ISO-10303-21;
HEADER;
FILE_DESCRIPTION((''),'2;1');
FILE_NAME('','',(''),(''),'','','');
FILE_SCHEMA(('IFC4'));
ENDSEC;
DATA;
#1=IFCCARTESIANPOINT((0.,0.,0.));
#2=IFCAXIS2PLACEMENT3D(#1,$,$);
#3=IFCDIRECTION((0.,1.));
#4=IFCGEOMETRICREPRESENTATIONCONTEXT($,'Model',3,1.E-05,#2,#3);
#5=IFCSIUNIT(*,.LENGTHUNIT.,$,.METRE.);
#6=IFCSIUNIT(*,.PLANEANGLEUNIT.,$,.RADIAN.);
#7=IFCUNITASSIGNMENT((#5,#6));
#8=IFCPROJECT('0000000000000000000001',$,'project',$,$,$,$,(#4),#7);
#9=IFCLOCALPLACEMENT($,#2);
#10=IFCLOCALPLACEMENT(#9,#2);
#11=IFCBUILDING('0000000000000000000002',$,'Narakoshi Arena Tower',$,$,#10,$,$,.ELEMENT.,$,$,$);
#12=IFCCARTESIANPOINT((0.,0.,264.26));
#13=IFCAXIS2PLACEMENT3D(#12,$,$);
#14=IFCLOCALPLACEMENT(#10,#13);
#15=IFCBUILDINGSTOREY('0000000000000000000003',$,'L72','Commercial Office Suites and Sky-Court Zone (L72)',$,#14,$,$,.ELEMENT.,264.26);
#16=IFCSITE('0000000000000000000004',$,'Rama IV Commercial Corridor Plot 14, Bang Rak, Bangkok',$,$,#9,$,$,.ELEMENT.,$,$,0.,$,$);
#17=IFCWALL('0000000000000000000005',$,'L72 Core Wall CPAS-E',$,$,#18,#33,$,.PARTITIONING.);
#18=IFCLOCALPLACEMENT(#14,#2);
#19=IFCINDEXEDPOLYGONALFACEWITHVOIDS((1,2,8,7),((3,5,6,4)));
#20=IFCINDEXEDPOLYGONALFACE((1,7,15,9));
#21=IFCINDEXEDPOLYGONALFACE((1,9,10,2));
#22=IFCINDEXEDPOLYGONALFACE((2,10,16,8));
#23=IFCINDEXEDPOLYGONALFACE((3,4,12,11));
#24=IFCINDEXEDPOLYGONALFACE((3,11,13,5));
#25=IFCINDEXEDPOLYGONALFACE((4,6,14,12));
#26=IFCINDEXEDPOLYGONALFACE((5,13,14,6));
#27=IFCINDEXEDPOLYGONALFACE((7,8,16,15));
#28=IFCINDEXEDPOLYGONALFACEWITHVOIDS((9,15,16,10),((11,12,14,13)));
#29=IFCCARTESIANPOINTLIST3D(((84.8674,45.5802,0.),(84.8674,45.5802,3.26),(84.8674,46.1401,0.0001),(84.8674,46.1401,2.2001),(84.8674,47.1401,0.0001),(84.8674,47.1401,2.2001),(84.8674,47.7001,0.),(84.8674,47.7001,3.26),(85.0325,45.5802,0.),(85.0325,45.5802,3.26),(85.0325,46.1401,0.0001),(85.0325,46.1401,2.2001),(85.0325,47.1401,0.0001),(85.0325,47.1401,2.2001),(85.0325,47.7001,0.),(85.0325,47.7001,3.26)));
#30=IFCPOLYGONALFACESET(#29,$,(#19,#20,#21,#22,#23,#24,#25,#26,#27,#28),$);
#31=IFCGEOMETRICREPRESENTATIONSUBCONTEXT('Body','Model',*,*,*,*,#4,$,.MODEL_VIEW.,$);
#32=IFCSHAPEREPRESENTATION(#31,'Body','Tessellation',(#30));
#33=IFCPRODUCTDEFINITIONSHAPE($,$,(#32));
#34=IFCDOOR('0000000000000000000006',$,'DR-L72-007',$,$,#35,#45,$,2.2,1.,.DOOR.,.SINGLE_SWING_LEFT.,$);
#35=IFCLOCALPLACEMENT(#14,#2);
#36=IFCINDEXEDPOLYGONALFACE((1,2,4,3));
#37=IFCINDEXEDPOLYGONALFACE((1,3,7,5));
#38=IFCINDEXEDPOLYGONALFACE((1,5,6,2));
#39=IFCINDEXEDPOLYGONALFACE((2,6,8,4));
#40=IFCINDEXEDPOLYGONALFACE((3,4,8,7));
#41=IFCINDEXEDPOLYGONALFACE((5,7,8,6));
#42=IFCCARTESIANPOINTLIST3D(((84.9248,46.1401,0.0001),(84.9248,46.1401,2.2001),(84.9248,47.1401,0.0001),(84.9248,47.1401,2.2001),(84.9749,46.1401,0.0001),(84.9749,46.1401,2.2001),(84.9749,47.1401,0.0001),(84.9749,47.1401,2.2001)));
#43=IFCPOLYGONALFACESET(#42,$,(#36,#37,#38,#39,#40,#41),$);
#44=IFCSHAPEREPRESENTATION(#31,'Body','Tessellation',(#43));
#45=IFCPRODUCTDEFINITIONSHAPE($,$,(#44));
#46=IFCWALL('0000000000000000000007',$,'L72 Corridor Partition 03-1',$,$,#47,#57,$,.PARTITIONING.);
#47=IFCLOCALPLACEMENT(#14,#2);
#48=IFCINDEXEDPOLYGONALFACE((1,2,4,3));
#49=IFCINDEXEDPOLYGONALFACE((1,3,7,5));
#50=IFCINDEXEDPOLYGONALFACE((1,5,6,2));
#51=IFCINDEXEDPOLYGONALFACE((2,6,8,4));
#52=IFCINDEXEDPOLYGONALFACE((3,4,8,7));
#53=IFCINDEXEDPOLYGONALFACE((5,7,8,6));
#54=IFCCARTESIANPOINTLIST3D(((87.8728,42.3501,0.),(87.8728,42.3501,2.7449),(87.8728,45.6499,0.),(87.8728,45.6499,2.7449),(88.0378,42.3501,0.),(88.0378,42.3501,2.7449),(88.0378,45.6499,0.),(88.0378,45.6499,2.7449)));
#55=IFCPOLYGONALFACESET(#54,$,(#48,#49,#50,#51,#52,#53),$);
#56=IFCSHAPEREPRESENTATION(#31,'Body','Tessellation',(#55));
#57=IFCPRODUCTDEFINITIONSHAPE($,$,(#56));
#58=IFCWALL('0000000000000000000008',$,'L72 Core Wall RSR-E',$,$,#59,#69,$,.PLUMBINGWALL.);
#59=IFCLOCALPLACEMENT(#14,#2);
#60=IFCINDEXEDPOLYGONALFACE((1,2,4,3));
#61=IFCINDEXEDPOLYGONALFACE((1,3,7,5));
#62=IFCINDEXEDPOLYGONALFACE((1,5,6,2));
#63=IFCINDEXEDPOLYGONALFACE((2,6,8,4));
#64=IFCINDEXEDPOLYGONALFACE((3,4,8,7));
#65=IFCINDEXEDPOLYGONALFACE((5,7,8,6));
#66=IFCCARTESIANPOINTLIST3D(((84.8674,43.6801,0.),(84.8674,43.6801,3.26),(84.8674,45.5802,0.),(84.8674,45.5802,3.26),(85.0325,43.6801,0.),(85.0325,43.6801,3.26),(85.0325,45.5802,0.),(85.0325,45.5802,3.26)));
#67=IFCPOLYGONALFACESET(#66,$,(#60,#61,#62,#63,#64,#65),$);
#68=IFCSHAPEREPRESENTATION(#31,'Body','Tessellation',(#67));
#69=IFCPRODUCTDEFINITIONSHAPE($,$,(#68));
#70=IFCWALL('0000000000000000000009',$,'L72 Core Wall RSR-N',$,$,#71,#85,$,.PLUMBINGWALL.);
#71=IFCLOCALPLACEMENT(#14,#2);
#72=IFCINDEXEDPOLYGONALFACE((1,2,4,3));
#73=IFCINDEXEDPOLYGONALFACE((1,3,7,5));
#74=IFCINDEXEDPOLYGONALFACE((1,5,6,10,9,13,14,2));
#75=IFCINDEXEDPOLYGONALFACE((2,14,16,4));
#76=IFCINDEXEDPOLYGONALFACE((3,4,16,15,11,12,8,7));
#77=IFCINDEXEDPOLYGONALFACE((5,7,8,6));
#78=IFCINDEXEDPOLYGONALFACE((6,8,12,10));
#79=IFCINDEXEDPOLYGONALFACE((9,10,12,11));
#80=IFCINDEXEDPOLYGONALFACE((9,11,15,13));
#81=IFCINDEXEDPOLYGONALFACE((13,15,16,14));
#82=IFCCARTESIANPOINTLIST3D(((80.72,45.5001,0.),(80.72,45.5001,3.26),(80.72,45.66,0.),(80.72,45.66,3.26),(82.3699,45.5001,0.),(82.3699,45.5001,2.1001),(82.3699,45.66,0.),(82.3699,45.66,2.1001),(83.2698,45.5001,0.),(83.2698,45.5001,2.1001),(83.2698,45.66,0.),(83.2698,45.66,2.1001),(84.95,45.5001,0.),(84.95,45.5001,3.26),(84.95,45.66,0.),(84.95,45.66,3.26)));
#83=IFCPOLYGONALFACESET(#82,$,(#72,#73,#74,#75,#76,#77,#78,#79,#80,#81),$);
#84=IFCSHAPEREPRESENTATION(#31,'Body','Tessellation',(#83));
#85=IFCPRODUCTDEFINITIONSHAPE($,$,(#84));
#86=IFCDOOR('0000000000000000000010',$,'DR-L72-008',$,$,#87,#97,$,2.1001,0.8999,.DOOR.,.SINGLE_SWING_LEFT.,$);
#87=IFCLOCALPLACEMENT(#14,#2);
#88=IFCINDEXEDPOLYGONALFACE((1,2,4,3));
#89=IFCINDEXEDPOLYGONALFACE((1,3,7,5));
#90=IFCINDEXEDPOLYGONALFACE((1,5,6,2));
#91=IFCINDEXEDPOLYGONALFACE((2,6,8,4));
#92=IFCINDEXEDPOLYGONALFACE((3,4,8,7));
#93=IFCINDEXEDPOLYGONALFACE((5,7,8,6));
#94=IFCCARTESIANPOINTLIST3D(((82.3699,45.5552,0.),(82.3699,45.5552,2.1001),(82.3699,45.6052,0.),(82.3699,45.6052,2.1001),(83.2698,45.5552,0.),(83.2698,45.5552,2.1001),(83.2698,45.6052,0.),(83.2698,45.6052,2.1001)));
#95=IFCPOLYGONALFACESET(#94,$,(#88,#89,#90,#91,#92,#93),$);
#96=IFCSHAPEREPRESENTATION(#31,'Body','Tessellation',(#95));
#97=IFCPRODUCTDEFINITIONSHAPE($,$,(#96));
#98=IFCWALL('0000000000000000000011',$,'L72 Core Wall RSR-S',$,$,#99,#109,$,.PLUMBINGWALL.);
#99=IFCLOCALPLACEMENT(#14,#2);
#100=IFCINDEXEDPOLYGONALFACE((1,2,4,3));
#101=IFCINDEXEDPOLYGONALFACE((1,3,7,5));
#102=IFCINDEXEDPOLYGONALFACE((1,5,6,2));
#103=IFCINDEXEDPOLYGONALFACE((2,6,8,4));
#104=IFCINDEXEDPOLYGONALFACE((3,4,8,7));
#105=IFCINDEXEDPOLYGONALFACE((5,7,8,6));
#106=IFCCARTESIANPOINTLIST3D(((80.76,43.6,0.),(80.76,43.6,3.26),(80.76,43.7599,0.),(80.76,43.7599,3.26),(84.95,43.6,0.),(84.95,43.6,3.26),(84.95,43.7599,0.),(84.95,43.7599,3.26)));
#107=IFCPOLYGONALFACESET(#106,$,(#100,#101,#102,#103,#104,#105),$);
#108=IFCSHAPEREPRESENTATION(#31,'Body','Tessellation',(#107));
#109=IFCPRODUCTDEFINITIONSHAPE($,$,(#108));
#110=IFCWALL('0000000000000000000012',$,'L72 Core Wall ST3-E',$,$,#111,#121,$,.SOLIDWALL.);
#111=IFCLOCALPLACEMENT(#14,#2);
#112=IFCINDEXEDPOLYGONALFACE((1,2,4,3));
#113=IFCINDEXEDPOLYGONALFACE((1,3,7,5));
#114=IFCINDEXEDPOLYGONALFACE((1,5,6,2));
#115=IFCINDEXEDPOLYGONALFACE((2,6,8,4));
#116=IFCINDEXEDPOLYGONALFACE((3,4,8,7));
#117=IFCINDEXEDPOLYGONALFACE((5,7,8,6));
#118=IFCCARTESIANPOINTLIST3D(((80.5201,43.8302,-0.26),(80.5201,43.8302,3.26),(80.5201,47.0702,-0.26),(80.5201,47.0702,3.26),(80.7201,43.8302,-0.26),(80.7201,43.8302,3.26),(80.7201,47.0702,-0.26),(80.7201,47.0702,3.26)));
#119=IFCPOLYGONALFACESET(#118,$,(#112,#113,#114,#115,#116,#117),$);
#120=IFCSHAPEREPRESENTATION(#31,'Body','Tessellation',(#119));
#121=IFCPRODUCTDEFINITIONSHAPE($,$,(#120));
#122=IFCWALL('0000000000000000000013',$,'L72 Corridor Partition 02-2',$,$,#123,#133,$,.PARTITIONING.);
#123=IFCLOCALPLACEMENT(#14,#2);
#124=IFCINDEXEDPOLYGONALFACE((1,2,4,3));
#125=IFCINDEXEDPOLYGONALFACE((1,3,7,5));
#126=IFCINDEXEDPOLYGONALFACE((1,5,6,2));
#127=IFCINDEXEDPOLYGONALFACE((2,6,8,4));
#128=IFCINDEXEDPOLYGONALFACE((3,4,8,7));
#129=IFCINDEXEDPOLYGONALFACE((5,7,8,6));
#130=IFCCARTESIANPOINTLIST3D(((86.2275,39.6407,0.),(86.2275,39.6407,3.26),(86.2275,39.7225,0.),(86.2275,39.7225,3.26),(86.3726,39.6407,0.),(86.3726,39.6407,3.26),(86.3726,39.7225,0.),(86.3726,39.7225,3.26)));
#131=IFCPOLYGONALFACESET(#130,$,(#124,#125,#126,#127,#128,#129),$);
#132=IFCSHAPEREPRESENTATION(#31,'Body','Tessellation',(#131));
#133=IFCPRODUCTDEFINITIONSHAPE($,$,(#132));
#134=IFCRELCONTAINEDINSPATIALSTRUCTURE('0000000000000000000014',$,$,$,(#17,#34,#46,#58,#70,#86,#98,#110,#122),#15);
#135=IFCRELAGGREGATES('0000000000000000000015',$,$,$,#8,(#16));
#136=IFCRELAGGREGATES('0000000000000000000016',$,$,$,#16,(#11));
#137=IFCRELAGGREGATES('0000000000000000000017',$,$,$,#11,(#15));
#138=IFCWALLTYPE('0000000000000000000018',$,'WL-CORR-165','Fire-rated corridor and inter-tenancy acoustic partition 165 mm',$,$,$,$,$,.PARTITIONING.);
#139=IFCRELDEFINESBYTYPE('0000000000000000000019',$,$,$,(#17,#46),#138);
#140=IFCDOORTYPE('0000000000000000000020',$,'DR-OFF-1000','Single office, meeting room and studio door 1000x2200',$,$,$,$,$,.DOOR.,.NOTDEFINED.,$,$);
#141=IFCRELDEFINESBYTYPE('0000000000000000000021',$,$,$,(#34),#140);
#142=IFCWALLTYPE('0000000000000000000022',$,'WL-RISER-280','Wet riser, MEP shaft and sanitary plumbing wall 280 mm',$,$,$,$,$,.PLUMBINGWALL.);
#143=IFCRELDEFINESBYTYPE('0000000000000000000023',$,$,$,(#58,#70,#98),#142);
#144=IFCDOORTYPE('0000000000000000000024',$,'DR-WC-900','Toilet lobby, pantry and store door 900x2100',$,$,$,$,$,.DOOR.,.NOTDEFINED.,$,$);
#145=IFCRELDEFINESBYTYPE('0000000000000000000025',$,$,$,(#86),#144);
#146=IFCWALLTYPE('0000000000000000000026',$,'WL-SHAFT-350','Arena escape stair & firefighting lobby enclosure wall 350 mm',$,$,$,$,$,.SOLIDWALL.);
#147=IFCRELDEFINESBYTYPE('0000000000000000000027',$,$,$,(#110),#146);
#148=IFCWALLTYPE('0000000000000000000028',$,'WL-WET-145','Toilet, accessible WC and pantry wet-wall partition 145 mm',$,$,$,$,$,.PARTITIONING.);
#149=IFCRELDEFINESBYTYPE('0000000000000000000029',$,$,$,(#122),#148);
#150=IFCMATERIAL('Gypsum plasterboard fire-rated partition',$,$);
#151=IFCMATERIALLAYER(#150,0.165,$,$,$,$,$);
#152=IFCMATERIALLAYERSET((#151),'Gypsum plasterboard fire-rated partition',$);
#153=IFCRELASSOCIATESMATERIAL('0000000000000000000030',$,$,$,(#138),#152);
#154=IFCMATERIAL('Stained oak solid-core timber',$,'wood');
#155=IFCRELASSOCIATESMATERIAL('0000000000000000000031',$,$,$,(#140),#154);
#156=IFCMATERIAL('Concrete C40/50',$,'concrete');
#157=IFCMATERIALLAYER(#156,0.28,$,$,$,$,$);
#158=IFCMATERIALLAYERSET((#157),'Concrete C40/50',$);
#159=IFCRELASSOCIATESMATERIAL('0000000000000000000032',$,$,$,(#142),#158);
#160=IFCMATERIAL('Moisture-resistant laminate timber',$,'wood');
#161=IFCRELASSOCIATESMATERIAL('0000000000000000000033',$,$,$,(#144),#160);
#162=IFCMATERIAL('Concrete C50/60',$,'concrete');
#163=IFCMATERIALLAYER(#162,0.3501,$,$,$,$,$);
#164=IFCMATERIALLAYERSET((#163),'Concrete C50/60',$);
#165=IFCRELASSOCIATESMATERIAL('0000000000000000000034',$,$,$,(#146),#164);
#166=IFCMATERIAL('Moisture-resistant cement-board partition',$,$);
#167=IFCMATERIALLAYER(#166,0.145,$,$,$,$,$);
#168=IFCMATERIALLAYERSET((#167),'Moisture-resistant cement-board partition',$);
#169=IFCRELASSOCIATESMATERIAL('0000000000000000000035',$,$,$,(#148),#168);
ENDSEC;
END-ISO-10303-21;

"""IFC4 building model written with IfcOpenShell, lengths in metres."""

from ifc_helpers import new_model, si_unit, direction, frame, frame_2d, origin, place, context, subcontext, project, spatial, rectangle, extrude, material, layer, layer_set, type_object, element, fill, save


model = new_model("IFC4")

# Units and contexts
model_context = context("Model", 3, precision=1e-05, world=origin(), true_north=direction((0.0, 1.0)))
body_context = subcontext(model_context, "Body", "Model", "MODEL_VIEW")
ifc_project = project(units=[si_unit("LENGTHUNIT", "METRE"), si_unit("PLANEANGLEUNIT", "RADIAN")], contexts=[model_context])

# Site, building, storey
site_placement = place(None, origin())
site = spatial("IfcSite", under=ifc_project, at=site_placement, Name="Rama IV Commercial Corridor Plot 14, Bang Rak, Bangkok", CompositionType="ELEMENT", RefElevation=0.0)
building_placement = place(site_placement, origin())
building = spatial("IfcBuilding", under=site, at=building_placement, Name="Narakoshi Arena Tower", CompositionType="ELEMENT")
storey_placement = place(building_placement, frame((0.0, 0.0, 264.26)))
storey = spatial("IfcBuildingStorey", under=building, at=storey_placement, Name="L72", Description="Commercial Office Suites and Sky-Court Zone (L72)", CompositionType="ELEMENT", Elevation=264.26)

# Shared definitions
ifc_material_1 = material(Name="Concrete C50/60", Category="concrete")

# Wall, opening, door
ifc_material_2 = material(Name="Gypsum plasterboard fire-rated partition")
ifc_layer_1 = layer(ifc_material_2, 0.165)
ifc_layer_set_1 = layer_set([ifc_layer_1], Name="Gypsum plasterboard fire-rated partition")
wall_type_1 = type_object("IfcWallType", Name="WL-CORR-165", Description="Fire-rated corridor and inter-tenancy acoustic partition 165 mm", PredefinedType="PARTITIONING", material=ifc_layer_set_1)
wall_1_placement = place(storey_placement, frame((84.95, 45.5801, 0.0), z_axis=(0.0, 0.0, 1.0), x_axis=(0.0, 1.0, 0.0)))
wall_1 = element("IfcWall", 1, at=wall_1_placement, inside=storey, type_object=wall_type_1, Name="L72 Core Wall CPAS-E", PredefinedType="PARTITIONING", context=body_context, shape_type="SweptSolid", body=[
    extrude(rectangle(XDim=2.1199, YDim=0.165, at=frame_2d((1.0601, 0.0))), origin(), (0.0, 0.0, 1.0), 3.26),
])
opening_1_placement = place(wall_1_placement, frame((0.5601, 0.0, 0.0)))
opening_1 = element("IfcOpeningElement", 2, at=opening_1_placement, cuts=wall_1, PredefinedType="OPENING", context=body_context, shape_type="SweptSolid", body=[
    extrude(rectangle(XDim=1.0, YDim=2.2, at=frame_2d((0.5, 1.1001))), frame((0.0, 0.0925, 0.0), z_axis=(0.0, -1.0, 0.0), x_axis=(1.0, 0.0, 0.0)), (0.0, 0.0, 1.0), 0.1851),
])
ifc_material_3 = material(Name="Stained oak solid-core timber", Category="wood")
door_type_1 = type_object("IfcDoorType", Name="DR-OFF-1000", Description="Single office, meeting room and studio door 1000x2200", OperationType="NOTDEFINED", PredefinedType="DOOR", material=ifc_material_3)
door_1_placement = place(opening_1_placement, frame((1.0, 0.0, 0.0), z_axis=(0.0, 0.0, 1.0), x_axis=(-1.0, 0.0, 0.0)))
door_1 = element("IfcDoor", 3, at=door_1_placement, inside=storey, type_object=door_type_1, Name="DR-L72-007", OperationType="SINGLE_SWING_LEFT", OverallHeight=2.2, OverallWidth=1.0, PredefinedType="DOOR", context=body_context, shape_type="SweptSolid", body=[
    extrude(rectangle(XDim=1.0, YDim=2.2, at=frame_2d((0.5, 1.1001))), frame((0.0, 0.0249, 0.0), z_axis=(0.0, -1.0, 0.0), x_axis=(1.0, 0.0, 0.0)), (0.0, 0.0, 1.0), 0.05),
])
fill(opening_1, door_1)

# Walls
wall_2_placement = place(storey_placement, frame((87.9553, 42.3501, 0.0), z_axis=(0.0, 0.0, 1.0), x_axis=(0.0, 1.0, 0.0)))
element("IfcWall", 4, at=wall_2_placement, inside=storey, type_object=wall_type_1, Name="L72 Corridor Partition 03-1", PredefinedType="PARTITIONING", context=body_context, shape_type="SweptSolid", body=[
    extrude(rectangle(XDim=3.2998, YDim=0.165, at=frame_2d((1.6499, 0.0))), origin(), (0.0, 0.0, 1.0), 2.7449),
])
ifc_material_4 = material(Name="Concrete C40/50", Category="concrete")
ifc_layer_2 = layer(ifc_material_4, 0.28)
ifc_layer_set_2 = layer_set([ifc_layer_2], Name="Concrete C40/50")
wall_type_2 = type_object("IfcWallType", Name="WL-RISER-280", Description="Wet riser, MEP shaft and sanitary plumbing wall 280 mm", PredefinedType="PLUMBINGWALL", material=ifc_layer_set_2)
wall_3_placement = place(storey_placement, frame((84.95, 43.6799, 0.0), z_axis=(0.0, 0.0, 1.0), x_axis=(0.0, 1.0, 0.0)))
element("IfcWall", 5, at=wall_3_placement, inside=storey, type_object=wall_type_2, Name="L72 Core Wall RSR-E", PredefinedType="PLUMBINGWALL", context=body_context, shape_type="SweptSolid", body=[
    extrude(rectangle(XDim=1.9001, YDim=0.165, at=frame_2d((0.9502, 0.0))), origin(), (0.0, 0.0, 1.0), 3.26),
])

# Wall, opening, door
wall_4_placement = place(storey_placement, frame((80.72, 45.5801, 0.0), z_axis=(0.0, 0.0, 1.0), x_axis=(1.0, 0.0, 0.0)))
wall_4 = element("IfcWall", 6, at=wall_4_placement, inside=storey, type_object=wall_type_2, Name="L72 Core Wall RSR-N", PredefinedType="PLUMBINGWALL", context=body_context, shape_type="SweptSolid", body=[
    extrude(rectangle(XDim=4.23, YDim=0.1599, at=frame_2d((2.115, 0.0))), origin(), (0.0, 0.0, 1.0), 3.26),
])
opening_2_placement = place(wall_4_placement, frame((1.6499, 0.0, 0.0)))
opening_2 = element("IfcOpeningElement", 7, at=opening_2_placement, cuts=wall_4, PredefinedType="OPENING", context=body_context, shape_type="SweptSolid", body=[
    extrude(rectangle(XDim=0.8999, YDim=2.1001, at=frame_2d((0.45, 1.05))), frame((0.0, 0.0898, 0.0), z_axis=(0.0, -1.0, 0.0), x_axis=(1.0, 0.0, 0.0)), (0.0, 0.0, 1.0), 0.1799),
])
ifc_material_5 = material(Name="Moisture-resistant laminate timber", Category="wood")
door_type_2 = type_object("IfcDoorType", Name="DR-WC-900", Description="Toilet lobby, pantry and store door 900x2100", OperationType="NOTDEFINED", PredefinedType="DOOR", material=ifc_material_5)
door_2_placement = place(opening_2_placement, frame((0.8999, 0.0, 0.0), z_axis=(0.0, 0.0, 1.0), x_axis=(-1.0, 0.0, 0.0)))
door_2 = element("IfcDoor", 8, at=door_2_placement, inside=storey, type_object=door_type_2, Name="DR-L72-008", OperationType="SINGLE_SWING_LEFT", OverallHeight=2.1001, OverallWidth=0.8999, PredefinedType="DOOR", context=body_context, shape_type="SweptSolid", body=[
    extrude(rectangle(XDim=0.8999, YDim=2.1001, at=frame_2d((0.45, 1.05))), frame((0.0, 0.0249, 0.0), z_axis=(0.0, -1.0, 0.0), x_axis=(1.0, 0.0, 0.0)), (0.0, 0.0, 1.0), 0.05),
])
fill(opening_2, door_2)

# Walls
wall_5_placement = place(storey_placement, frame((80.76, 43.6799, 0.0), z_axis=(0.0, 0.0, 1.0), x_axis=(1.0, 0.0, 0.0)))
element("IfcWall", 9, at=wall_5_placement, inside=storey, type_object=wall_type_2, Name="L72 Core Wall RSR-S", PredefinedType="PLUMBINGWALL", context=body_context, shape_type="SweptSolid", body=[
    extrude(rectangle(XDim=4.1899, YDim=0.1599, at=frame_2d((2.095, 0.0))), origin(), (0.0, 0.0, 1.0), 3.26),
])
ifc_layer_3 = layer(ifc_material_1, 0.3501)
ifc_layer_set_3 = layer_set([ifc_layer_3], Name="Concrete C50/60")
wall_type_3 = type_object("IfcWallType", Name="WL-SHAFT-350", Description="Arena escape stair & firefighting lobby enclosure wall 350 mm", PredefinedType="SOLIDWALL", material=ifc_layer_set_3)
wall_6_placement = place(storey_placement, frame((80.6201, 43.8301, -0.26), z_axis=(0.0, 0.0, 1.0), x_axis=(0.0, 1.0, 0.0)))
element("IfcWall", 10, at=wall_6_placement, inside=storey, type_object=wall_type_3, Name="L72 Core Wall ST3-E", PredefinedType="SOLIDWALL", context=body_context, shape_type="SweptSolid", body=[
    extrude(rectangle(XDim=3.24, YDim=0.2, at=frame_2d((1.6201, 0.0))), origin(), (0.0, 0.0, 1.0), 3.52),
])

# Shared definitions
ifc_material_6 = material(Name="Moisture-resistant cement-board partition")
ifc_layer_4 = layer(ifc_material_6, 0.145)
ifc_layer_set_4 = layer_set([ifc_layer_4], Name="Moisture-resistant cement-board partition")
wall_type_4 = type_object("IfcWallType", Name="WL-WET-145", Description="Toilet, accessible WC and pantry wet-wall partition 145 mm", PredefinedType="PARTITIONING", material=ifc_layer_set_4)

# Wall
wall_7_placement = place(storey_placement, frame((86.3, 39.6406, 0.0), z_axis=(0.0, 0.0, 1.0), x_axis=(0.0, 1.0, 0.0)))
element("IfcWall", 11, at=wall_7_placement, inside=storey, type_object=wall_type_4, Name="L72 Corridor Partition 02-2", PredefinedType="PARTITIONING", context=body_context, shape_type="SweptSolid", body=[
    extrude(rectangle(XDim=0.0818, YDim=0.145, at=frame_2d((0.041, 0.0))), origin(), (0.0, 0.0, 1.0), 3.26),
])

save(model, "model.ifc")
